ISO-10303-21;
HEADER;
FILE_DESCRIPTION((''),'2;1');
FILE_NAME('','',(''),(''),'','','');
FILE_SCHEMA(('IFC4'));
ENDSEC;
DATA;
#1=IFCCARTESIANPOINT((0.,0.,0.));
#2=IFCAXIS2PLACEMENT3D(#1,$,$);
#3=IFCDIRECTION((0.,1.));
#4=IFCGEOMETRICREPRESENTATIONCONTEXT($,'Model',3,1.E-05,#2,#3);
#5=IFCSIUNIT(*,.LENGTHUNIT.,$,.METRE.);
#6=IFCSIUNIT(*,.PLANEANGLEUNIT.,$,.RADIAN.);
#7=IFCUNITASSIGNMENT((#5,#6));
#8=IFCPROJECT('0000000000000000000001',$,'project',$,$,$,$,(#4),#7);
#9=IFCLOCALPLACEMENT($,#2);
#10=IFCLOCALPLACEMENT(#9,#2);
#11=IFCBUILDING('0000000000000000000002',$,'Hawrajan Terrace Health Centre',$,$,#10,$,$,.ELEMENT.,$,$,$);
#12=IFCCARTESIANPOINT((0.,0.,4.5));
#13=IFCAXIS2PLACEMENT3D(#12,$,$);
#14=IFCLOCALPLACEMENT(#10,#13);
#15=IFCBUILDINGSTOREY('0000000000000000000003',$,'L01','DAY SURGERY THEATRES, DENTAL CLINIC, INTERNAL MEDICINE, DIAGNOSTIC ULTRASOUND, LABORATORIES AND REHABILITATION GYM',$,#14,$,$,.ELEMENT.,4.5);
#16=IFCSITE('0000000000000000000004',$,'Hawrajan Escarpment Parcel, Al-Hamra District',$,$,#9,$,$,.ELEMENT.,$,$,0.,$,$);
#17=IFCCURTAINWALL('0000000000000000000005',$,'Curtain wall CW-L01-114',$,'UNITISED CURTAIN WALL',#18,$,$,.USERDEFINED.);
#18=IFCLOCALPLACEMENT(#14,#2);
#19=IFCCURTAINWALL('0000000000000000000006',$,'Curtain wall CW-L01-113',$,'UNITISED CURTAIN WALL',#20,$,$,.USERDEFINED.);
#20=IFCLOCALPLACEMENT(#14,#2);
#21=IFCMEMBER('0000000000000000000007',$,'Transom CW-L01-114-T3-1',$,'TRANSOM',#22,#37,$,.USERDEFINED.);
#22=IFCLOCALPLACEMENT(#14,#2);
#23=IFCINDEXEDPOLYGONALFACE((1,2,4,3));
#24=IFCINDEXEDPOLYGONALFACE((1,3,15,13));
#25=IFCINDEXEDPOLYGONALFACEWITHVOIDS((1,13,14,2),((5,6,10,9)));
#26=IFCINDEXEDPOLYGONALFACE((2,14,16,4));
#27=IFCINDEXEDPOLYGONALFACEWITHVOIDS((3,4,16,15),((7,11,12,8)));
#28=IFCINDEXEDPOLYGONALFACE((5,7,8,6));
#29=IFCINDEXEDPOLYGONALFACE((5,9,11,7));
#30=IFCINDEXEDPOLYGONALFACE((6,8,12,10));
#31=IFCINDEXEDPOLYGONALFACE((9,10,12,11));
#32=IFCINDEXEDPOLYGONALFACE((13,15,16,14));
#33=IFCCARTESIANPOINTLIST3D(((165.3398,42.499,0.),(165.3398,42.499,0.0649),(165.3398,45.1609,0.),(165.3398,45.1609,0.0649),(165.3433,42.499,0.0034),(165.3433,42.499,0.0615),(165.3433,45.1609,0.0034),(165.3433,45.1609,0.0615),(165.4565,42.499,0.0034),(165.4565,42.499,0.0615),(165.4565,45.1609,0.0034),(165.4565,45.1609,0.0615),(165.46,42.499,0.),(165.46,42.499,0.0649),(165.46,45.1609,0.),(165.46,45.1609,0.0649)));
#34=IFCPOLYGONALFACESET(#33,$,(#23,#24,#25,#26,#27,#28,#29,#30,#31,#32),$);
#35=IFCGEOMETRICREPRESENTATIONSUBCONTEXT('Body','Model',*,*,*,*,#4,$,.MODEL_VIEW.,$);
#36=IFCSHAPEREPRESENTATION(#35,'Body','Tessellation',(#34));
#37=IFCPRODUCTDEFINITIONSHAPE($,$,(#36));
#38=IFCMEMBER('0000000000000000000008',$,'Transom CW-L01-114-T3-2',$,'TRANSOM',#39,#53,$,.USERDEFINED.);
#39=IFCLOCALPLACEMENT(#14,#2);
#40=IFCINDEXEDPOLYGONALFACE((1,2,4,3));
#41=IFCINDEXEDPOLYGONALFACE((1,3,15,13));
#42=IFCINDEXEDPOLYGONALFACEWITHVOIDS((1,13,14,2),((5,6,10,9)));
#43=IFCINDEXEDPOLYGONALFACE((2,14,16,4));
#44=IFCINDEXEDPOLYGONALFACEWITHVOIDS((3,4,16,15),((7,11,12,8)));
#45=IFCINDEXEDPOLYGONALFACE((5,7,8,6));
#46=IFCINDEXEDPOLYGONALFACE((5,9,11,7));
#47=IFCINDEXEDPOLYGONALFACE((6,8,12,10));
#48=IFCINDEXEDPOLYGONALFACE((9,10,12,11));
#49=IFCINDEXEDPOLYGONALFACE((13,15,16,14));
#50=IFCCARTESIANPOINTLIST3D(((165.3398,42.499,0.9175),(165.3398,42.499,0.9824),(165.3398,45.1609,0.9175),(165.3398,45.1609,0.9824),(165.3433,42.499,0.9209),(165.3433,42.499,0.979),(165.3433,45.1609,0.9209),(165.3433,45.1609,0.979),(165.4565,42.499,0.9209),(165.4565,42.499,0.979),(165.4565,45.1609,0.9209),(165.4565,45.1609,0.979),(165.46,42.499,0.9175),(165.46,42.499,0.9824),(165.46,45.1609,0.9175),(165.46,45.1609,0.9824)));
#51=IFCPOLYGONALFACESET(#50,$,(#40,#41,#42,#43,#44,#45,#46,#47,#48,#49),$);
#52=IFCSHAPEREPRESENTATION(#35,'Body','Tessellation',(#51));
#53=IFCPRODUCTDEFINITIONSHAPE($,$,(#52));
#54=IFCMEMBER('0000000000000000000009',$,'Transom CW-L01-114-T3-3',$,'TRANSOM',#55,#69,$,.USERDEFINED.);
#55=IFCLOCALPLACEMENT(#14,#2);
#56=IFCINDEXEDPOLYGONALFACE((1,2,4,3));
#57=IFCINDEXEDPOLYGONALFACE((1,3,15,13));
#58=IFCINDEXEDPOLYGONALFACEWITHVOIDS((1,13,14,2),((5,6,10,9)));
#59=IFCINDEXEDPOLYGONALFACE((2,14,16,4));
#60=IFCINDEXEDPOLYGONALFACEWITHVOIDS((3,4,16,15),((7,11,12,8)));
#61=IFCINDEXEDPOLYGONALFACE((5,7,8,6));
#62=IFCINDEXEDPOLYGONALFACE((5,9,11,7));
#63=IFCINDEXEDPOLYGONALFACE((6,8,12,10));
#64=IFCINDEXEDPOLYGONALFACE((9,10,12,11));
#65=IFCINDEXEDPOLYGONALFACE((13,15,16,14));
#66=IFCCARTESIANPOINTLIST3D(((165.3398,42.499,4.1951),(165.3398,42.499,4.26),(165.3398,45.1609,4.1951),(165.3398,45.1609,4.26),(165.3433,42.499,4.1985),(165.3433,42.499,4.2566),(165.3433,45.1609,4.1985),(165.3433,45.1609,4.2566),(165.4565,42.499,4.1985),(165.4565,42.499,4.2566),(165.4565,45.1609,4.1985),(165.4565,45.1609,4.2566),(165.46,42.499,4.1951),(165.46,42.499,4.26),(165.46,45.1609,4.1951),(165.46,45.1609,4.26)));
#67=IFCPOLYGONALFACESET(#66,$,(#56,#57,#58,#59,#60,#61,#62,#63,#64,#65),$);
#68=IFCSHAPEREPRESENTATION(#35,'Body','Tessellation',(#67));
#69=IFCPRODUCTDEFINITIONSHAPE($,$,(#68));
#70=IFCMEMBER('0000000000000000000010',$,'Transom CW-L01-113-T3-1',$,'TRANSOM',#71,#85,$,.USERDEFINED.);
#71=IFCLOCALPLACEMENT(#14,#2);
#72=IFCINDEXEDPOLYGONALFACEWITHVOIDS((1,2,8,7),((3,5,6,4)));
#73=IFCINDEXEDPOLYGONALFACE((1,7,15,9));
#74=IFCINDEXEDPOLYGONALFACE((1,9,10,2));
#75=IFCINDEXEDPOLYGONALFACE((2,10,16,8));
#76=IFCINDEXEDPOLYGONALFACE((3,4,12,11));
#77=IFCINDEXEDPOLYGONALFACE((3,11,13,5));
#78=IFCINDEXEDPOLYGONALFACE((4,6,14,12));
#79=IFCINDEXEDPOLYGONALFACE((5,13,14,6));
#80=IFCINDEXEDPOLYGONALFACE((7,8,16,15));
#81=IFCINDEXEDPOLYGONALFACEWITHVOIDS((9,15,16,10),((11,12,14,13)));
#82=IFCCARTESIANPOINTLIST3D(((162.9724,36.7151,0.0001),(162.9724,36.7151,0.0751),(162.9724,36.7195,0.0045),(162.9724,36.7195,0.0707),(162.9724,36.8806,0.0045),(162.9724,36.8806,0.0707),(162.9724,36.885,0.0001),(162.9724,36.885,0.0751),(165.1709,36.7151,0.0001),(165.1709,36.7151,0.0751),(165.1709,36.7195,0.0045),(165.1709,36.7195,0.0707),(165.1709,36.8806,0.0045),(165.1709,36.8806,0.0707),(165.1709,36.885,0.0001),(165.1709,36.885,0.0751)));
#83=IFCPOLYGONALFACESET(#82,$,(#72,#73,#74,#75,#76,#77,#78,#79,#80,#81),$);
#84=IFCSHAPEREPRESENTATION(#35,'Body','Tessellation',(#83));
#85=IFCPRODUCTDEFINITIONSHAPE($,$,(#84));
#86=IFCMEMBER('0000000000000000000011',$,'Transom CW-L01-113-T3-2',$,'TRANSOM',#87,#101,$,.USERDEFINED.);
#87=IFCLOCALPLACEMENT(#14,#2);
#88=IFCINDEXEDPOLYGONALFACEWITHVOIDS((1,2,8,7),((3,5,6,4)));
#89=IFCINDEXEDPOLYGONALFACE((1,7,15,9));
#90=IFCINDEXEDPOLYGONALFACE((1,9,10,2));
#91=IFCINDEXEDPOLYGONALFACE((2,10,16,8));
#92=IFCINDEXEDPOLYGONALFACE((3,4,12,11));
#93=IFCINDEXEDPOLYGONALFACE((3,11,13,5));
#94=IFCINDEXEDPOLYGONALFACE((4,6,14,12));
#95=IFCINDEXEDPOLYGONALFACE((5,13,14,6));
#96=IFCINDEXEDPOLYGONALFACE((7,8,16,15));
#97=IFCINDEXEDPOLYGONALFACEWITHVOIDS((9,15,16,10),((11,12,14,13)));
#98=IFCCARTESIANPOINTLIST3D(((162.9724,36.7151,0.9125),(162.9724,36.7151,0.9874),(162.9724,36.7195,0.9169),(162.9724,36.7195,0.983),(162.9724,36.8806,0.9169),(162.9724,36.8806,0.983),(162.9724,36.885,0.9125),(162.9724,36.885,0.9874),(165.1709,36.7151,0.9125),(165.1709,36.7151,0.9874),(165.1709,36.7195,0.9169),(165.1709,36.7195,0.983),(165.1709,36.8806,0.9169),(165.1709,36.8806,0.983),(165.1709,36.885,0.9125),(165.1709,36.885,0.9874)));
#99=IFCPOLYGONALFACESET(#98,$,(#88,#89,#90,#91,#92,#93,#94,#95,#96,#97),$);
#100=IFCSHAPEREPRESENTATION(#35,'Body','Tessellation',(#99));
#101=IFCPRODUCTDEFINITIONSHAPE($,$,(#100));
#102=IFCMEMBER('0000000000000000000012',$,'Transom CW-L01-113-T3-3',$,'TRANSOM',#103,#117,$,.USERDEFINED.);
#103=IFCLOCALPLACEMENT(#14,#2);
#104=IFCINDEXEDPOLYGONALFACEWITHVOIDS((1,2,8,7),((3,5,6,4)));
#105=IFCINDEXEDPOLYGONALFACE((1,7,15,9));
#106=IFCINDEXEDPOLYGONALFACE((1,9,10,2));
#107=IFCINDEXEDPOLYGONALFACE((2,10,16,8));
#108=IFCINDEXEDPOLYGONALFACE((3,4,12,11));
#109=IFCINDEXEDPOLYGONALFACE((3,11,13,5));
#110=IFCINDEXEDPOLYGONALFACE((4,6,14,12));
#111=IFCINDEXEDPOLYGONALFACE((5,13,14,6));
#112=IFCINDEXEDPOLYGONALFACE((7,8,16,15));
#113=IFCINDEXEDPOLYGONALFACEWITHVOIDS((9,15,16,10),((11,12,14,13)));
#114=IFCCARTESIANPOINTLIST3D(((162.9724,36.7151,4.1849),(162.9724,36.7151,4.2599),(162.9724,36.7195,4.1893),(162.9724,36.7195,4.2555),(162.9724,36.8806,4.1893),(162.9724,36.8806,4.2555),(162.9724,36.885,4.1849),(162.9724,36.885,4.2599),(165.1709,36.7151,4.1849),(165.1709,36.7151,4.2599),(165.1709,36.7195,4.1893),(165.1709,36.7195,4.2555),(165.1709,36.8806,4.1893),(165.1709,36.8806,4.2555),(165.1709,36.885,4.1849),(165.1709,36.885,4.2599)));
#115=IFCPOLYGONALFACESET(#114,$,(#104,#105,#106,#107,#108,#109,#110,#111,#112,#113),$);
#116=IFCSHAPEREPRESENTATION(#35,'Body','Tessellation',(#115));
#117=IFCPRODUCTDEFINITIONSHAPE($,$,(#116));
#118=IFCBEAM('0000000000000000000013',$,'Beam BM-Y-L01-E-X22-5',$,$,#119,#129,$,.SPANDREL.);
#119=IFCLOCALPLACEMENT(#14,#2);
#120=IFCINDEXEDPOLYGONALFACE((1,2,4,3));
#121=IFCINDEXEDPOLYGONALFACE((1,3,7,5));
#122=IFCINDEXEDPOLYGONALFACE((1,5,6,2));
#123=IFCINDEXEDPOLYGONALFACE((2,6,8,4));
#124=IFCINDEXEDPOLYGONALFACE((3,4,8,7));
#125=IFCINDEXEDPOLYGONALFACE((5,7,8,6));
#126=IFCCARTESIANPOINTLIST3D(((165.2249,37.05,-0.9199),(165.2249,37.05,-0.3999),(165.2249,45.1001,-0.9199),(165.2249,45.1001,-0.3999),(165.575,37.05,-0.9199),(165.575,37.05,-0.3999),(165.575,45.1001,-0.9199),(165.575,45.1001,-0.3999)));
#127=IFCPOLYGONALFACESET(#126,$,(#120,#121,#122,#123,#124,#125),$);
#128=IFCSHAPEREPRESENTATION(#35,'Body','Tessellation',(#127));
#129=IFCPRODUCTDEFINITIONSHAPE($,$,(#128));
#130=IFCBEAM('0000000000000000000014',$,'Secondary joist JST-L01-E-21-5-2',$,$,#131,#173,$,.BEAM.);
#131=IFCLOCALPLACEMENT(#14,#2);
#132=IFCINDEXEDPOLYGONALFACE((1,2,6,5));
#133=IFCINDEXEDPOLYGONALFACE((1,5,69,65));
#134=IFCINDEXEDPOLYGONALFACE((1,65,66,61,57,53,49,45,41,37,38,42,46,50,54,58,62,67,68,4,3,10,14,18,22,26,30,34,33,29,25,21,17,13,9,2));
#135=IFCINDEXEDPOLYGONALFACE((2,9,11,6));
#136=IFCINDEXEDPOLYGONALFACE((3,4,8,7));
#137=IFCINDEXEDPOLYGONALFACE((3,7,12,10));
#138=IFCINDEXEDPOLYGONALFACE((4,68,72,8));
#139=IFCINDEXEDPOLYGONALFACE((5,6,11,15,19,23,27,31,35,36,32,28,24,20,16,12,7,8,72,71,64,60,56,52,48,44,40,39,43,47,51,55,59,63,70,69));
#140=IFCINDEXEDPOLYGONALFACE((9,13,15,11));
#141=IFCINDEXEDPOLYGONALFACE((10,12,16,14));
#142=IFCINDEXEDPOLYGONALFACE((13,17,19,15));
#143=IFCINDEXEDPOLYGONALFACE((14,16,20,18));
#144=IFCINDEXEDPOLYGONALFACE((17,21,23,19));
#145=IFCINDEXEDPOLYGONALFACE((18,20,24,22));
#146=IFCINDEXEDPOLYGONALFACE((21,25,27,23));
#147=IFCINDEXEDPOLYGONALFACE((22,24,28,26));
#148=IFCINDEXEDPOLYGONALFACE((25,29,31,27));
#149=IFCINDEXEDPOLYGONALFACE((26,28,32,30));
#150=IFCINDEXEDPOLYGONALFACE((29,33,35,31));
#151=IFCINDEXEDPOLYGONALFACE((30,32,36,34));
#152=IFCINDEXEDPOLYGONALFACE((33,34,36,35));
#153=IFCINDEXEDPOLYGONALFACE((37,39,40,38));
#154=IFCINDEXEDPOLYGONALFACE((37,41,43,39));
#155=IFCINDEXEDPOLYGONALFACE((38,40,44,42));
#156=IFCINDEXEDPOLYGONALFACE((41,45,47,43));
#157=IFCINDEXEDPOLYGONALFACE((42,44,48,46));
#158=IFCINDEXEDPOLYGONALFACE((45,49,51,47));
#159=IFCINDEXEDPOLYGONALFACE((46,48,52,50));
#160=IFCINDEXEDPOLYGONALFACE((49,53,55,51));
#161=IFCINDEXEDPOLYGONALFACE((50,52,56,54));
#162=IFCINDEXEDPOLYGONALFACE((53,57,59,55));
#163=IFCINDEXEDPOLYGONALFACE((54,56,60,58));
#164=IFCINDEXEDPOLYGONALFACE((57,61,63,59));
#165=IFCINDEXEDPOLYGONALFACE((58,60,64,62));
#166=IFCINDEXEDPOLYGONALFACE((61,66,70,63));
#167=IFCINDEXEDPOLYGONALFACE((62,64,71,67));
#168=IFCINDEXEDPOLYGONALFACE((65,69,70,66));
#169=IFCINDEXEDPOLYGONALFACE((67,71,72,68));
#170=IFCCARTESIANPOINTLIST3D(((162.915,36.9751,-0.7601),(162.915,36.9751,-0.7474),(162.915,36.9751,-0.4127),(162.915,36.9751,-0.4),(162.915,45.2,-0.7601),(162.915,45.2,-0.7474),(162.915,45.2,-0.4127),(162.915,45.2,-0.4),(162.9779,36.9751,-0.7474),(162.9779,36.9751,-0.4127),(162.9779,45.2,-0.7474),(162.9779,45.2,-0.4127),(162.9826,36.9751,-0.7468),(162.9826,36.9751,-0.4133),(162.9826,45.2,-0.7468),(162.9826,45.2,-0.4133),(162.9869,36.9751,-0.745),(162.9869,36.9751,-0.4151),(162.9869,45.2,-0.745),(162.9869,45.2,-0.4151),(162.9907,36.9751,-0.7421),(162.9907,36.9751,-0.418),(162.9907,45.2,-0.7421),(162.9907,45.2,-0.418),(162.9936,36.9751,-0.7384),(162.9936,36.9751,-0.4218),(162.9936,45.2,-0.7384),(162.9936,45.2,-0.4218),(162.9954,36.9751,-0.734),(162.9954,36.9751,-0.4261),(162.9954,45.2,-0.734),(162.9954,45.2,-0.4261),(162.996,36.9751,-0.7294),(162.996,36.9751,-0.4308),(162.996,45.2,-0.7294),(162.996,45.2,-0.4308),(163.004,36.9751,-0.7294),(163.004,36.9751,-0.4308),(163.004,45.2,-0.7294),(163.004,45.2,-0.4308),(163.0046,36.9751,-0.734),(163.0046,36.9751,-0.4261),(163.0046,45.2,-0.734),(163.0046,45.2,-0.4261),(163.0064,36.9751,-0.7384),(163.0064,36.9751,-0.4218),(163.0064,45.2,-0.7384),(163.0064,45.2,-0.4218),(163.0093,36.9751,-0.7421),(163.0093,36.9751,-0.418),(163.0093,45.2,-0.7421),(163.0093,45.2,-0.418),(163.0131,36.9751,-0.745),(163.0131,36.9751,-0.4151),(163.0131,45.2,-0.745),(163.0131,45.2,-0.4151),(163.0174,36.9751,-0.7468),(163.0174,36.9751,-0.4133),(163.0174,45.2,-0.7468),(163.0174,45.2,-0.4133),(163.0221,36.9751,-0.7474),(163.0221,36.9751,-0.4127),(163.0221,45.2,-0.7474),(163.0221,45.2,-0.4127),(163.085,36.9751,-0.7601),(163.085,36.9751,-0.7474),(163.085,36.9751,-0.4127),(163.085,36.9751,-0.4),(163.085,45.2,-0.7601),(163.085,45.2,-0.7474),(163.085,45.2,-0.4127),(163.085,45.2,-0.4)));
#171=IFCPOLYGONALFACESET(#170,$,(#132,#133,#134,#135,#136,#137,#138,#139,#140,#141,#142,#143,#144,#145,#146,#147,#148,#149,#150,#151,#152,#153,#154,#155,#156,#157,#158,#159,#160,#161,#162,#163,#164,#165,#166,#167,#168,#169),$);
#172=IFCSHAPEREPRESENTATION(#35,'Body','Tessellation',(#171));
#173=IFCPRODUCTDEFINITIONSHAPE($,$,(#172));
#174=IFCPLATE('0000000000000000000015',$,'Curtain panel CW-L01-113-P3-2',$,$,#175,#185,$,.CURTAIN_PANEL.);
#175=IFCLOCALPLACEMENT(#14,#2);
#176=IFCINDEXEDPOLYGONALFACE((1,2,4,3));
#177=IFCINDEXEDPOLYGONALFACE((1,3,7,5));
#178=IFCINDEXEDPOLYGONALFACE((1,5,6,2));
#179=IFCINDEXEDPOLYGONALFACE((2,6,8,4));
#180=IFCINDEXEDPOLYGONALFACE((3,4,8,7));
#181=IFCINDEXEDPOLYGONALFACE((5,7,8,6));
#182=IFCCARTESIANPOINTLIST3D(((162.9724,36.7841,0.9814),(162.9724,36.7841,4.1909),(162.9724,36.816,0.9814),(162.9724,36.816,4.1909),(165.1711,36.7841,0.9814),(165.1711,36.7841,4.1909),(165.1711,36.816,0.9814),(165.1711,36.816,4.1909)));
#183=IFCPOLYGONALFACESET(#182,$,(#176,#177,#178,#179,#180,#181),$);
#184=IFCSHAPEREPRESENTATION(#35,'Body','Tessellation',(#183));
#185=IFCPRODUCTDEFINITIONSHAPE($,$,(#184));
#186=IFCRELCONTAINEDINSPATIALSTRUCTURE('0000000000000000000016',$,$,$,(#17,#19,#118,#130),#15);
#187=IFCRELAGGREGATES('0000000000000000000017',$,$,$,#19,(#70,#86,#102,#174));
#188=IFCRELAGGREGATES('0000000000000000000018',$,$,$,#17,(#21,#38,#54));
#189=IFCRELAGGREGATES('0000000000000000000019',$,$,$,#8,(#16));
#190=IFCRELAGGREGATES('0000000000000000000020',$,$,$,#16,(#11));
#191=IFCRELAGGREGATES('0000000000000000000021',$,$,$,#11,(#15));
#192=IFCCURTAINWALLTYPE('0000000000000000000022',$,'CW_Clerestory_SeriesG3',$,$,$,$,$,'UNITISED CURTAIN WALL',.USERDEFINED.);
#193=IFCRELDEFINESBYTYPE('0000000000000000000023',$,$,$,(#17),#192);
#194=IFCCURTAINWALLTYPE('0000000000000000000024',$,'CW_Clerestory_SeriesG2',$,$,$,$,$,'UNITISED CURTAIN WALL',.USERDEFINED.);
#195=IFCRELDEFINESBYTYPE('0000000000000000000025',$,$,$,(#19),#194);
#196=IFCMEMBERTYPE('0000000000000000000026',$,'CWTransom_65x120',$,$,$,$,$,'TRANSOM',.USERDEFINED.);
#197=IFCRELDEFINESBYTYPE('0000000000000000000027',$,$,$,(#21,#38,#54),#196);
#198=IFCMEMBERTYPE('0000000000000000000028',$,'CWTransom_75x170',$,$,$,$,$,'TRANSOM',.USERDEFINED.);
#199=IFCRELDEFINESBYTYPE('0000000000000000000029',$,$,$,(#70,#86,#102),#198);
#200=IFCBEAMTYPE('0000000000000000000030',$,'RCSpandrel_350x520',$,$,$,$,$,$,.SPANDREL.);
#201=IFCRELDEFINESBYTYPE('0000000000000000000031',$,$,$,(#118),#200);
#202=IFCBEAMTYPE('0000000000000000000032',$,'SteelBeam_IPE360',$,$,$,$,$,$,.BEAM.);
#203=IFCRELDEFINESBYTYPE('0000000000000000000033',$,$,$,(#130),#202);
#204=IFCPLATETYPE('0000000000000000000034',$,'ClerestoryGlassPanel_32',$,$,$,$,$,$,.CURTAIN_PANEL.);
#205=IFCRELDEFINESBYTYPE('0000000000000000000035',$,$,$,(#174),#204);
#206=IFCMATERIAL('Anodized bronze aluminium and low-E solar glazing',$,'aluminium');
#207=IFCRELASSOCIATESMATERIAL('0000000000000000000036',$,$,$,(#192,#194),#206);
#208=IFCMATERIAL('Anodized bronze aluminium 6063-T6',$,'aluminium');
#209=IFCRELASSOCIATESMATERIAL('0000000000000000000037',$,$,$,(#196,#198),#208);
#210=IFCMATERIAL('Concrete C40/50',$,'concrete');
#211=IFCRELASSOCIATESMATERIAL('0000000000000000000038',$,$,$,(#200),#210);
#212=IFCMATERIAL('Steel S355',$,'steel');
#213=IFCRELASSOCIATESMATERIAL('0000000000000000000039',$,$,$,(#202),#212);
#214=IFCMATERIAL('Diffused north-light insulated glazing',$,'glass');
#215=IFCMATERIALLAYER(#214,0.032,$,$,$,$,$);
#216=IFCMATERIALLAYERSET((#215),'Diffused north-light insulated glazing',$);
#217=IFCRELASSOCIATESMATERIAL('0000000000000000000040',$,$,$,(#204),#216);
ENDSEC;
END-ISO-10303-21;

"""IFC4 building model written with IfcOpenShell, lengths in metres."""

from ifc_helpers import new_model, si_unit, direction, frame, origin, origin_2d, place, context, subcontext, project, spatial, rectangle, hollow_rectangle, i_section, extrude, material, layer, layer_set, material_profile, profile_set, type_object, element, aggregate, save


model = new_model("IFC4")

# Units and contexts
model_context = context("Model", 3, precision=1e-05, world=origin(), true_north=direction((0.0, 1.0)))
body_context = subcontext(model_context, "Body", "Model", "MODEL_VIEW")
ifc_project = project(units=[si_unit("LENGTHUNIT", "METRE"), si_unit("PLANEANGLEUNIT", "RADIAN")], contexts=[model_context])

# Site, building, storey
site_placement = place(None, origin())
site = spatial("IfcSite", under=ifc_project, at=site_placement, Name="Hawrajan Escarpment Parcel, Al-Hamra District", CompositionType="ELEMENT", RefElevation=0.0)
building_placement = place(site_placement, origin())
building = spatial("IfcBuilding", under=site, at=building_placement, Name="Hawrajan Terrace Health Centre", CompositionType="ELEMENT")
storey_placement = place(building_placement, frame((0.0, 0.0, 4.5)))
storey = spatial("IfcBuildingStorey", under=building, at=storey_placement, Name="L01", Description="DAY SURGERY THEATRES, DENTAL CLINIC, INTERNAL MEDICINE, DIAGNOSTIC ULTRASOUND, LABORATORIES AND REHABILITATION GYM", CompositionType="ELEMENT", Elevation=4.5)

# Curtain wall
ifc_material_1 = material(Name="Anodized bronze aluminium and low-E solar glazing", Category="aluminium")
curtain_wall_type_1 = type_object("IfcCurtainWallType", Name="CW_Clerestory_SeriesG3", ElementType="UNITISED CURTAIN WALL", PredefinedType="USERDEFINED", material=ifc_material_1)
curtain_wall_1_placement = place(storey_placement, origin())
curtain_wall_1 = element("IfcCurtainWall", 1, at=curtain_wall_1_placement, inside=storey, type_object=curtain_wall_type_1, Name="Curtain wall CW-L01-114", ObjectType="UNITISED CURTAIN WALL", PredefinedType="USERDEFINED")
ifc_material_2 = material(Name="Anodized bronze aluminium 6063-T6", Category="aluminium")

# Curtain wall
curtain_wall_type_2 = type_object("IfcCurtainWallType", Name="CW_Clerestory_SeriesG2", ElementType="UNITISED CURTAIN WALL", PredefinedType="USERDEFINED", material=ifc_material_1)
curtain_wall_2_placement = place(storey_placement, origin())
curtain_wall_2 = element("IfcCurtainWall", 2, at=curtain_wall_2_placement, inside=storey, type_object=curtain_wall_type_2, Name="Curtain wall CW-L01-113", ObjectType="UNITISED CURTAIN WALL", PredefinedType="USERDEFINED")

# Members
ifc_material_profile_1 = material_profile(ifc_material_2, hollow_rectangle(XDim=0.0649, YDim=0.1201, WallThickness=0.0034, at=origin_2d()), Name="CW TRN 65x120")
ifc_profile_set_1 = profile_set([ifc_material_profile_1], Name="Anodized bronze aluminium 6063-T6")
member_type_1 = type_object("IfcMemberType", Name="CWTransom_65x120", ElementType="TRANSOM", PredefinedType="USERDEFINED", material=ifc_profile_set_1)
member_1_placement = place(storey_placement, frame((165.3999, 42.499, 0.0325), z_axis=(0.0, 1.0, 0.0), x_axis=(0.0, 0.0, 1.0)))
member_1 = element("IfcMember", 3, at=member_1_placement, type_object=member_type_1, Name="Transom CW-L01-114-T3-1", ObjectType="TRANSOM", PredefinedType="USERDEFINED", context=body_context, shape_type="SweptSolid", body=[
    extrude(hollow_rectangle(XDim=0.0649, YDim=0.1201, WallThickness=0.0034, at=origin_2d()), origin(), (0.0, 0.0, 1.0), 2.6619),
])
member_2_placement = place(storey_placement, frame((165.3999, 42.499, 0.95), z_axis=(0.0, 1.0, 0.0), x_axis=(0.0, 0.0, 1.0)))
member_2 = element("IfcMember", 4, at=member_2_placement, type_object=member_type_1, Name="Transom CW-L01-114-T3-2", ObjectType="TRANSOM", PredefinedType="USERDEFINED", context=body_context, shape_type="SweptSolid", body=[
    extrude(hollow_rectangle(XDim=0.0649, YDim=0.1201, WallThickness=0.0034, at=origin_2d()), origin(), (0.0, 0.0, 1.0), 2.6619),
])
member_3_placement = place(storey_placement, frame((165.3999, 42.499, 4.2275), z_axis=(0.0, 1.0, 0.0), x_axis=(0.0, 0.0, 1.0)))
member_3 = element("IfcMember", 5, at=member_3_placement, type_object=member_type_1, Name="Transom CW-L01-114-T3-3", ObjectType="TRANSOM", PredefinedType="USERDEFINED", context=body_context, shape_type="SweptSolid", body=[
    extrude(hollow_rectangle(XDim=0.0649, YDim=0.1201, WallThickness=0.0034, at=origin_2d()), origin(), (0.0, 0.0, 1.0), 2.6619),
])
ifc_material_profile_2 = material_profile(ifc_material_2, hollow_rectangle(XDim=0.075, YDim=0.1699, WallThickness=0.0044, at=origin_2d()), Name="CW TRN 75x170")
ifc_profile_set_2 = profile_set([ifc_material_profile_2], Name="Anodized bronze aluminium 6063-T6")
member_type_2 = type_object("IfcMemberType", Name="CWTransom_75x170", ElementType="TRANSOM", PredefinedType="USERDEFINED", material=ifc_profile_set_2)
member_4_placement = place(storey_placement, frame((162.9724, 36.8, 0.0376), z_axis=(1.0, 0.0, 0.0), x_axis=(0.0, 0.0, 1.0)))
member_4 = element("IfcMember", 6, at=member_4_placement, type_object=member_type_2, Name="Transom CW-L01-113-T3-1", ObjectType="TRANSOM", PredefinedType="USERDEFINED", context=body_context, shape_type="SweptSolid", body=[
    extrude(hollow_rectangle(XDim=0.075, YDim=0.1699, WallThickness=0.0044, at=origin_2d()), origin(), (0.0, 0.0, 1.0), 2.1985),
])
member_5_placement = place(storey_placement, frame((162.9724, 36.8, 0.95), z_axis=(1.0, 0.0, 0.0), x_axis=(0.0, 0.0, 1.0)))
member_5 = element("IfcMember", 7, at=member_5_placement, type_object=member_type_2, Name="Transom CW-L01-113-T3-2", ObjectType="TRANSOM", PredefinedType="USERDEFINED", context=body_context, shape_type="SweptSolid", body=[
    extrude(hollow_rectangle(XDim=0.075, YDim=0.1699, WallThickness=0.0044, at=origin_2d()), origin(), (0.0, 0.0, 1.0), 2.1985),
])
member_6_placement = place(storey_placement, frame((162.9724, 36.8, 4.2224), z_axis=(1.0, 0.0, 0.0), x_axis=(0.0, 0.0, 1.0)))
member_6 = element("IfcMember", 8, at=member_6_placement, type_object=member_type_2, Name="Transom CW-L01-113-T3-3", ObjectType="TRANSOM", PredefinedType="USERDEFINED", context=body_context, shape_type="SweptSolid", body=[
    extrude(hollow_rectangle(XDim=0.075, YDim=0.1699, WallThickness=0.0044, at=origin_2d()), origin(), (0.0, 0.0, 1.0), 2.1985),
])

# Beams
ifc_material_3 = material(Name="Concrete C40/50", Category="concrete")
ifc_material_profile_3 = material_profile(ifc_material_3, rectangle(XDim=0.3501, YDim=0.52, at=origin_2d()), Name="RC SP 350x520")
ifc_profile_set_3 = profile_set([ifc_material_profile_3], Name="Concrete C40/50")
beam_type_1 = type_object("IfcBeamType", Name="RCSpandrel_350x520", PredefinedType="SPANDREL", material=ifc_profile_set_3)
beam_1_placement = place(storey_placement, frame((165.3999, 37.05, -0.6599), z_axis=(0.0, 1.0, 0.0), x_axis=(-1.0, 0.0, 0.0)))
element("IfcBeam", 9, at=beam_1_placement, inside=storey, type_object=beam_type_1, Name="Beam BM-Y-L01-E-X22-5", PredefinedType="SPANDREL", context=body_context, shape_type="SweptSolid", body=[
    extrude(rectangle(XDim=0.3501, YDim=0.52, at=origin_2d()), origin(), (0.0, 0.0, 1.0), 8.05),
])
ifc_material_4 = material(Name="Steel S355", Category="steel")
ifc_material_profile_4 = material_profile(ifc_material_4, i_section(OverallWidth=0.1699, OverallDepth=0.3601, WebThickness=0.0081, FlangeThickness=0.0127, FilletRadius=0.0181, at=origin_2d()), Name="IPE 360")
ifc_profile_set_4 = profile_set([ifc_material_profile_4], Name="Steel S355")
beam_type_2 = type_object("IfcBeamType", Name="SteelBeam_IPE360", PredefinedType="BEAM", material=ifc_profile_set_4)
beam_2_placement = place(storey_placement, frame((163.0, 36.9751, -0.5801), z_axis=(0.0, 1.0, 0.0), x_axis=(-1.0, 0.0, 0.0)))
element("IfcBeam", 10, at=beam_2_placement, inside=storey, type_object=beam_type_2, Name="Secondary joist JST-L01-E-21-5-2", PredefinedType="BEAM", context=body_context, shape_type="SweptSolid", body=[
    extrude(i_section(OverallWidth=0.1699, OverallDepth=0.3601, WebThickness=0.0081, FlangeThickness=0.0127, FilletRadius=0.0181, at=origin_2d()), origin(), (0.0, 0.0, 1.0), 8.2249),
])

# Plate
ifc_material_5 = material(Name="Diffused north-light insulated glazing", Category="glass")
ifc_layer_1 = layer(ifc_material_5, 0.032)
ifc_layer_set_1 = layer_set([ifc_layer_1], Name="Diffused north-light insulated glazing")
plate_type_1 = type_object("IfcPlateType", Name="ClerestoryGlassPanel_32", PredefinedType="CURTAIN_PANEL", material=ifc_layer_set_1)
plate_1_placement = place(storey_placement, frame((164.0718, 36.8, 0.9814), z_axis=(0.0, 0.0, 1.0), x_axis=(1.0, 0.0, 0.0)))
plate_1 = element("IfcPlate", 11, at=plate_1_placement, type_object=plate_type_1, Name="Curtain panel CW-L01-113-P3-2", PredefinedType="CURTAIN_PANEL", context=body_context, shape_type="SweptSolid", body=[
    extrude(rectangle(XDim=2.1987, YDim=0.032, at=origin_2d()), origin(), (0.0, 0.0, 1.0), 3.2095),
])
aggregate(curtain_wall_2, [member_4, member_5, member_6, plate_1])
aggregate(curtain_wall_1, [member_1, member_2, member_3])

save(model, "model.ifc")
